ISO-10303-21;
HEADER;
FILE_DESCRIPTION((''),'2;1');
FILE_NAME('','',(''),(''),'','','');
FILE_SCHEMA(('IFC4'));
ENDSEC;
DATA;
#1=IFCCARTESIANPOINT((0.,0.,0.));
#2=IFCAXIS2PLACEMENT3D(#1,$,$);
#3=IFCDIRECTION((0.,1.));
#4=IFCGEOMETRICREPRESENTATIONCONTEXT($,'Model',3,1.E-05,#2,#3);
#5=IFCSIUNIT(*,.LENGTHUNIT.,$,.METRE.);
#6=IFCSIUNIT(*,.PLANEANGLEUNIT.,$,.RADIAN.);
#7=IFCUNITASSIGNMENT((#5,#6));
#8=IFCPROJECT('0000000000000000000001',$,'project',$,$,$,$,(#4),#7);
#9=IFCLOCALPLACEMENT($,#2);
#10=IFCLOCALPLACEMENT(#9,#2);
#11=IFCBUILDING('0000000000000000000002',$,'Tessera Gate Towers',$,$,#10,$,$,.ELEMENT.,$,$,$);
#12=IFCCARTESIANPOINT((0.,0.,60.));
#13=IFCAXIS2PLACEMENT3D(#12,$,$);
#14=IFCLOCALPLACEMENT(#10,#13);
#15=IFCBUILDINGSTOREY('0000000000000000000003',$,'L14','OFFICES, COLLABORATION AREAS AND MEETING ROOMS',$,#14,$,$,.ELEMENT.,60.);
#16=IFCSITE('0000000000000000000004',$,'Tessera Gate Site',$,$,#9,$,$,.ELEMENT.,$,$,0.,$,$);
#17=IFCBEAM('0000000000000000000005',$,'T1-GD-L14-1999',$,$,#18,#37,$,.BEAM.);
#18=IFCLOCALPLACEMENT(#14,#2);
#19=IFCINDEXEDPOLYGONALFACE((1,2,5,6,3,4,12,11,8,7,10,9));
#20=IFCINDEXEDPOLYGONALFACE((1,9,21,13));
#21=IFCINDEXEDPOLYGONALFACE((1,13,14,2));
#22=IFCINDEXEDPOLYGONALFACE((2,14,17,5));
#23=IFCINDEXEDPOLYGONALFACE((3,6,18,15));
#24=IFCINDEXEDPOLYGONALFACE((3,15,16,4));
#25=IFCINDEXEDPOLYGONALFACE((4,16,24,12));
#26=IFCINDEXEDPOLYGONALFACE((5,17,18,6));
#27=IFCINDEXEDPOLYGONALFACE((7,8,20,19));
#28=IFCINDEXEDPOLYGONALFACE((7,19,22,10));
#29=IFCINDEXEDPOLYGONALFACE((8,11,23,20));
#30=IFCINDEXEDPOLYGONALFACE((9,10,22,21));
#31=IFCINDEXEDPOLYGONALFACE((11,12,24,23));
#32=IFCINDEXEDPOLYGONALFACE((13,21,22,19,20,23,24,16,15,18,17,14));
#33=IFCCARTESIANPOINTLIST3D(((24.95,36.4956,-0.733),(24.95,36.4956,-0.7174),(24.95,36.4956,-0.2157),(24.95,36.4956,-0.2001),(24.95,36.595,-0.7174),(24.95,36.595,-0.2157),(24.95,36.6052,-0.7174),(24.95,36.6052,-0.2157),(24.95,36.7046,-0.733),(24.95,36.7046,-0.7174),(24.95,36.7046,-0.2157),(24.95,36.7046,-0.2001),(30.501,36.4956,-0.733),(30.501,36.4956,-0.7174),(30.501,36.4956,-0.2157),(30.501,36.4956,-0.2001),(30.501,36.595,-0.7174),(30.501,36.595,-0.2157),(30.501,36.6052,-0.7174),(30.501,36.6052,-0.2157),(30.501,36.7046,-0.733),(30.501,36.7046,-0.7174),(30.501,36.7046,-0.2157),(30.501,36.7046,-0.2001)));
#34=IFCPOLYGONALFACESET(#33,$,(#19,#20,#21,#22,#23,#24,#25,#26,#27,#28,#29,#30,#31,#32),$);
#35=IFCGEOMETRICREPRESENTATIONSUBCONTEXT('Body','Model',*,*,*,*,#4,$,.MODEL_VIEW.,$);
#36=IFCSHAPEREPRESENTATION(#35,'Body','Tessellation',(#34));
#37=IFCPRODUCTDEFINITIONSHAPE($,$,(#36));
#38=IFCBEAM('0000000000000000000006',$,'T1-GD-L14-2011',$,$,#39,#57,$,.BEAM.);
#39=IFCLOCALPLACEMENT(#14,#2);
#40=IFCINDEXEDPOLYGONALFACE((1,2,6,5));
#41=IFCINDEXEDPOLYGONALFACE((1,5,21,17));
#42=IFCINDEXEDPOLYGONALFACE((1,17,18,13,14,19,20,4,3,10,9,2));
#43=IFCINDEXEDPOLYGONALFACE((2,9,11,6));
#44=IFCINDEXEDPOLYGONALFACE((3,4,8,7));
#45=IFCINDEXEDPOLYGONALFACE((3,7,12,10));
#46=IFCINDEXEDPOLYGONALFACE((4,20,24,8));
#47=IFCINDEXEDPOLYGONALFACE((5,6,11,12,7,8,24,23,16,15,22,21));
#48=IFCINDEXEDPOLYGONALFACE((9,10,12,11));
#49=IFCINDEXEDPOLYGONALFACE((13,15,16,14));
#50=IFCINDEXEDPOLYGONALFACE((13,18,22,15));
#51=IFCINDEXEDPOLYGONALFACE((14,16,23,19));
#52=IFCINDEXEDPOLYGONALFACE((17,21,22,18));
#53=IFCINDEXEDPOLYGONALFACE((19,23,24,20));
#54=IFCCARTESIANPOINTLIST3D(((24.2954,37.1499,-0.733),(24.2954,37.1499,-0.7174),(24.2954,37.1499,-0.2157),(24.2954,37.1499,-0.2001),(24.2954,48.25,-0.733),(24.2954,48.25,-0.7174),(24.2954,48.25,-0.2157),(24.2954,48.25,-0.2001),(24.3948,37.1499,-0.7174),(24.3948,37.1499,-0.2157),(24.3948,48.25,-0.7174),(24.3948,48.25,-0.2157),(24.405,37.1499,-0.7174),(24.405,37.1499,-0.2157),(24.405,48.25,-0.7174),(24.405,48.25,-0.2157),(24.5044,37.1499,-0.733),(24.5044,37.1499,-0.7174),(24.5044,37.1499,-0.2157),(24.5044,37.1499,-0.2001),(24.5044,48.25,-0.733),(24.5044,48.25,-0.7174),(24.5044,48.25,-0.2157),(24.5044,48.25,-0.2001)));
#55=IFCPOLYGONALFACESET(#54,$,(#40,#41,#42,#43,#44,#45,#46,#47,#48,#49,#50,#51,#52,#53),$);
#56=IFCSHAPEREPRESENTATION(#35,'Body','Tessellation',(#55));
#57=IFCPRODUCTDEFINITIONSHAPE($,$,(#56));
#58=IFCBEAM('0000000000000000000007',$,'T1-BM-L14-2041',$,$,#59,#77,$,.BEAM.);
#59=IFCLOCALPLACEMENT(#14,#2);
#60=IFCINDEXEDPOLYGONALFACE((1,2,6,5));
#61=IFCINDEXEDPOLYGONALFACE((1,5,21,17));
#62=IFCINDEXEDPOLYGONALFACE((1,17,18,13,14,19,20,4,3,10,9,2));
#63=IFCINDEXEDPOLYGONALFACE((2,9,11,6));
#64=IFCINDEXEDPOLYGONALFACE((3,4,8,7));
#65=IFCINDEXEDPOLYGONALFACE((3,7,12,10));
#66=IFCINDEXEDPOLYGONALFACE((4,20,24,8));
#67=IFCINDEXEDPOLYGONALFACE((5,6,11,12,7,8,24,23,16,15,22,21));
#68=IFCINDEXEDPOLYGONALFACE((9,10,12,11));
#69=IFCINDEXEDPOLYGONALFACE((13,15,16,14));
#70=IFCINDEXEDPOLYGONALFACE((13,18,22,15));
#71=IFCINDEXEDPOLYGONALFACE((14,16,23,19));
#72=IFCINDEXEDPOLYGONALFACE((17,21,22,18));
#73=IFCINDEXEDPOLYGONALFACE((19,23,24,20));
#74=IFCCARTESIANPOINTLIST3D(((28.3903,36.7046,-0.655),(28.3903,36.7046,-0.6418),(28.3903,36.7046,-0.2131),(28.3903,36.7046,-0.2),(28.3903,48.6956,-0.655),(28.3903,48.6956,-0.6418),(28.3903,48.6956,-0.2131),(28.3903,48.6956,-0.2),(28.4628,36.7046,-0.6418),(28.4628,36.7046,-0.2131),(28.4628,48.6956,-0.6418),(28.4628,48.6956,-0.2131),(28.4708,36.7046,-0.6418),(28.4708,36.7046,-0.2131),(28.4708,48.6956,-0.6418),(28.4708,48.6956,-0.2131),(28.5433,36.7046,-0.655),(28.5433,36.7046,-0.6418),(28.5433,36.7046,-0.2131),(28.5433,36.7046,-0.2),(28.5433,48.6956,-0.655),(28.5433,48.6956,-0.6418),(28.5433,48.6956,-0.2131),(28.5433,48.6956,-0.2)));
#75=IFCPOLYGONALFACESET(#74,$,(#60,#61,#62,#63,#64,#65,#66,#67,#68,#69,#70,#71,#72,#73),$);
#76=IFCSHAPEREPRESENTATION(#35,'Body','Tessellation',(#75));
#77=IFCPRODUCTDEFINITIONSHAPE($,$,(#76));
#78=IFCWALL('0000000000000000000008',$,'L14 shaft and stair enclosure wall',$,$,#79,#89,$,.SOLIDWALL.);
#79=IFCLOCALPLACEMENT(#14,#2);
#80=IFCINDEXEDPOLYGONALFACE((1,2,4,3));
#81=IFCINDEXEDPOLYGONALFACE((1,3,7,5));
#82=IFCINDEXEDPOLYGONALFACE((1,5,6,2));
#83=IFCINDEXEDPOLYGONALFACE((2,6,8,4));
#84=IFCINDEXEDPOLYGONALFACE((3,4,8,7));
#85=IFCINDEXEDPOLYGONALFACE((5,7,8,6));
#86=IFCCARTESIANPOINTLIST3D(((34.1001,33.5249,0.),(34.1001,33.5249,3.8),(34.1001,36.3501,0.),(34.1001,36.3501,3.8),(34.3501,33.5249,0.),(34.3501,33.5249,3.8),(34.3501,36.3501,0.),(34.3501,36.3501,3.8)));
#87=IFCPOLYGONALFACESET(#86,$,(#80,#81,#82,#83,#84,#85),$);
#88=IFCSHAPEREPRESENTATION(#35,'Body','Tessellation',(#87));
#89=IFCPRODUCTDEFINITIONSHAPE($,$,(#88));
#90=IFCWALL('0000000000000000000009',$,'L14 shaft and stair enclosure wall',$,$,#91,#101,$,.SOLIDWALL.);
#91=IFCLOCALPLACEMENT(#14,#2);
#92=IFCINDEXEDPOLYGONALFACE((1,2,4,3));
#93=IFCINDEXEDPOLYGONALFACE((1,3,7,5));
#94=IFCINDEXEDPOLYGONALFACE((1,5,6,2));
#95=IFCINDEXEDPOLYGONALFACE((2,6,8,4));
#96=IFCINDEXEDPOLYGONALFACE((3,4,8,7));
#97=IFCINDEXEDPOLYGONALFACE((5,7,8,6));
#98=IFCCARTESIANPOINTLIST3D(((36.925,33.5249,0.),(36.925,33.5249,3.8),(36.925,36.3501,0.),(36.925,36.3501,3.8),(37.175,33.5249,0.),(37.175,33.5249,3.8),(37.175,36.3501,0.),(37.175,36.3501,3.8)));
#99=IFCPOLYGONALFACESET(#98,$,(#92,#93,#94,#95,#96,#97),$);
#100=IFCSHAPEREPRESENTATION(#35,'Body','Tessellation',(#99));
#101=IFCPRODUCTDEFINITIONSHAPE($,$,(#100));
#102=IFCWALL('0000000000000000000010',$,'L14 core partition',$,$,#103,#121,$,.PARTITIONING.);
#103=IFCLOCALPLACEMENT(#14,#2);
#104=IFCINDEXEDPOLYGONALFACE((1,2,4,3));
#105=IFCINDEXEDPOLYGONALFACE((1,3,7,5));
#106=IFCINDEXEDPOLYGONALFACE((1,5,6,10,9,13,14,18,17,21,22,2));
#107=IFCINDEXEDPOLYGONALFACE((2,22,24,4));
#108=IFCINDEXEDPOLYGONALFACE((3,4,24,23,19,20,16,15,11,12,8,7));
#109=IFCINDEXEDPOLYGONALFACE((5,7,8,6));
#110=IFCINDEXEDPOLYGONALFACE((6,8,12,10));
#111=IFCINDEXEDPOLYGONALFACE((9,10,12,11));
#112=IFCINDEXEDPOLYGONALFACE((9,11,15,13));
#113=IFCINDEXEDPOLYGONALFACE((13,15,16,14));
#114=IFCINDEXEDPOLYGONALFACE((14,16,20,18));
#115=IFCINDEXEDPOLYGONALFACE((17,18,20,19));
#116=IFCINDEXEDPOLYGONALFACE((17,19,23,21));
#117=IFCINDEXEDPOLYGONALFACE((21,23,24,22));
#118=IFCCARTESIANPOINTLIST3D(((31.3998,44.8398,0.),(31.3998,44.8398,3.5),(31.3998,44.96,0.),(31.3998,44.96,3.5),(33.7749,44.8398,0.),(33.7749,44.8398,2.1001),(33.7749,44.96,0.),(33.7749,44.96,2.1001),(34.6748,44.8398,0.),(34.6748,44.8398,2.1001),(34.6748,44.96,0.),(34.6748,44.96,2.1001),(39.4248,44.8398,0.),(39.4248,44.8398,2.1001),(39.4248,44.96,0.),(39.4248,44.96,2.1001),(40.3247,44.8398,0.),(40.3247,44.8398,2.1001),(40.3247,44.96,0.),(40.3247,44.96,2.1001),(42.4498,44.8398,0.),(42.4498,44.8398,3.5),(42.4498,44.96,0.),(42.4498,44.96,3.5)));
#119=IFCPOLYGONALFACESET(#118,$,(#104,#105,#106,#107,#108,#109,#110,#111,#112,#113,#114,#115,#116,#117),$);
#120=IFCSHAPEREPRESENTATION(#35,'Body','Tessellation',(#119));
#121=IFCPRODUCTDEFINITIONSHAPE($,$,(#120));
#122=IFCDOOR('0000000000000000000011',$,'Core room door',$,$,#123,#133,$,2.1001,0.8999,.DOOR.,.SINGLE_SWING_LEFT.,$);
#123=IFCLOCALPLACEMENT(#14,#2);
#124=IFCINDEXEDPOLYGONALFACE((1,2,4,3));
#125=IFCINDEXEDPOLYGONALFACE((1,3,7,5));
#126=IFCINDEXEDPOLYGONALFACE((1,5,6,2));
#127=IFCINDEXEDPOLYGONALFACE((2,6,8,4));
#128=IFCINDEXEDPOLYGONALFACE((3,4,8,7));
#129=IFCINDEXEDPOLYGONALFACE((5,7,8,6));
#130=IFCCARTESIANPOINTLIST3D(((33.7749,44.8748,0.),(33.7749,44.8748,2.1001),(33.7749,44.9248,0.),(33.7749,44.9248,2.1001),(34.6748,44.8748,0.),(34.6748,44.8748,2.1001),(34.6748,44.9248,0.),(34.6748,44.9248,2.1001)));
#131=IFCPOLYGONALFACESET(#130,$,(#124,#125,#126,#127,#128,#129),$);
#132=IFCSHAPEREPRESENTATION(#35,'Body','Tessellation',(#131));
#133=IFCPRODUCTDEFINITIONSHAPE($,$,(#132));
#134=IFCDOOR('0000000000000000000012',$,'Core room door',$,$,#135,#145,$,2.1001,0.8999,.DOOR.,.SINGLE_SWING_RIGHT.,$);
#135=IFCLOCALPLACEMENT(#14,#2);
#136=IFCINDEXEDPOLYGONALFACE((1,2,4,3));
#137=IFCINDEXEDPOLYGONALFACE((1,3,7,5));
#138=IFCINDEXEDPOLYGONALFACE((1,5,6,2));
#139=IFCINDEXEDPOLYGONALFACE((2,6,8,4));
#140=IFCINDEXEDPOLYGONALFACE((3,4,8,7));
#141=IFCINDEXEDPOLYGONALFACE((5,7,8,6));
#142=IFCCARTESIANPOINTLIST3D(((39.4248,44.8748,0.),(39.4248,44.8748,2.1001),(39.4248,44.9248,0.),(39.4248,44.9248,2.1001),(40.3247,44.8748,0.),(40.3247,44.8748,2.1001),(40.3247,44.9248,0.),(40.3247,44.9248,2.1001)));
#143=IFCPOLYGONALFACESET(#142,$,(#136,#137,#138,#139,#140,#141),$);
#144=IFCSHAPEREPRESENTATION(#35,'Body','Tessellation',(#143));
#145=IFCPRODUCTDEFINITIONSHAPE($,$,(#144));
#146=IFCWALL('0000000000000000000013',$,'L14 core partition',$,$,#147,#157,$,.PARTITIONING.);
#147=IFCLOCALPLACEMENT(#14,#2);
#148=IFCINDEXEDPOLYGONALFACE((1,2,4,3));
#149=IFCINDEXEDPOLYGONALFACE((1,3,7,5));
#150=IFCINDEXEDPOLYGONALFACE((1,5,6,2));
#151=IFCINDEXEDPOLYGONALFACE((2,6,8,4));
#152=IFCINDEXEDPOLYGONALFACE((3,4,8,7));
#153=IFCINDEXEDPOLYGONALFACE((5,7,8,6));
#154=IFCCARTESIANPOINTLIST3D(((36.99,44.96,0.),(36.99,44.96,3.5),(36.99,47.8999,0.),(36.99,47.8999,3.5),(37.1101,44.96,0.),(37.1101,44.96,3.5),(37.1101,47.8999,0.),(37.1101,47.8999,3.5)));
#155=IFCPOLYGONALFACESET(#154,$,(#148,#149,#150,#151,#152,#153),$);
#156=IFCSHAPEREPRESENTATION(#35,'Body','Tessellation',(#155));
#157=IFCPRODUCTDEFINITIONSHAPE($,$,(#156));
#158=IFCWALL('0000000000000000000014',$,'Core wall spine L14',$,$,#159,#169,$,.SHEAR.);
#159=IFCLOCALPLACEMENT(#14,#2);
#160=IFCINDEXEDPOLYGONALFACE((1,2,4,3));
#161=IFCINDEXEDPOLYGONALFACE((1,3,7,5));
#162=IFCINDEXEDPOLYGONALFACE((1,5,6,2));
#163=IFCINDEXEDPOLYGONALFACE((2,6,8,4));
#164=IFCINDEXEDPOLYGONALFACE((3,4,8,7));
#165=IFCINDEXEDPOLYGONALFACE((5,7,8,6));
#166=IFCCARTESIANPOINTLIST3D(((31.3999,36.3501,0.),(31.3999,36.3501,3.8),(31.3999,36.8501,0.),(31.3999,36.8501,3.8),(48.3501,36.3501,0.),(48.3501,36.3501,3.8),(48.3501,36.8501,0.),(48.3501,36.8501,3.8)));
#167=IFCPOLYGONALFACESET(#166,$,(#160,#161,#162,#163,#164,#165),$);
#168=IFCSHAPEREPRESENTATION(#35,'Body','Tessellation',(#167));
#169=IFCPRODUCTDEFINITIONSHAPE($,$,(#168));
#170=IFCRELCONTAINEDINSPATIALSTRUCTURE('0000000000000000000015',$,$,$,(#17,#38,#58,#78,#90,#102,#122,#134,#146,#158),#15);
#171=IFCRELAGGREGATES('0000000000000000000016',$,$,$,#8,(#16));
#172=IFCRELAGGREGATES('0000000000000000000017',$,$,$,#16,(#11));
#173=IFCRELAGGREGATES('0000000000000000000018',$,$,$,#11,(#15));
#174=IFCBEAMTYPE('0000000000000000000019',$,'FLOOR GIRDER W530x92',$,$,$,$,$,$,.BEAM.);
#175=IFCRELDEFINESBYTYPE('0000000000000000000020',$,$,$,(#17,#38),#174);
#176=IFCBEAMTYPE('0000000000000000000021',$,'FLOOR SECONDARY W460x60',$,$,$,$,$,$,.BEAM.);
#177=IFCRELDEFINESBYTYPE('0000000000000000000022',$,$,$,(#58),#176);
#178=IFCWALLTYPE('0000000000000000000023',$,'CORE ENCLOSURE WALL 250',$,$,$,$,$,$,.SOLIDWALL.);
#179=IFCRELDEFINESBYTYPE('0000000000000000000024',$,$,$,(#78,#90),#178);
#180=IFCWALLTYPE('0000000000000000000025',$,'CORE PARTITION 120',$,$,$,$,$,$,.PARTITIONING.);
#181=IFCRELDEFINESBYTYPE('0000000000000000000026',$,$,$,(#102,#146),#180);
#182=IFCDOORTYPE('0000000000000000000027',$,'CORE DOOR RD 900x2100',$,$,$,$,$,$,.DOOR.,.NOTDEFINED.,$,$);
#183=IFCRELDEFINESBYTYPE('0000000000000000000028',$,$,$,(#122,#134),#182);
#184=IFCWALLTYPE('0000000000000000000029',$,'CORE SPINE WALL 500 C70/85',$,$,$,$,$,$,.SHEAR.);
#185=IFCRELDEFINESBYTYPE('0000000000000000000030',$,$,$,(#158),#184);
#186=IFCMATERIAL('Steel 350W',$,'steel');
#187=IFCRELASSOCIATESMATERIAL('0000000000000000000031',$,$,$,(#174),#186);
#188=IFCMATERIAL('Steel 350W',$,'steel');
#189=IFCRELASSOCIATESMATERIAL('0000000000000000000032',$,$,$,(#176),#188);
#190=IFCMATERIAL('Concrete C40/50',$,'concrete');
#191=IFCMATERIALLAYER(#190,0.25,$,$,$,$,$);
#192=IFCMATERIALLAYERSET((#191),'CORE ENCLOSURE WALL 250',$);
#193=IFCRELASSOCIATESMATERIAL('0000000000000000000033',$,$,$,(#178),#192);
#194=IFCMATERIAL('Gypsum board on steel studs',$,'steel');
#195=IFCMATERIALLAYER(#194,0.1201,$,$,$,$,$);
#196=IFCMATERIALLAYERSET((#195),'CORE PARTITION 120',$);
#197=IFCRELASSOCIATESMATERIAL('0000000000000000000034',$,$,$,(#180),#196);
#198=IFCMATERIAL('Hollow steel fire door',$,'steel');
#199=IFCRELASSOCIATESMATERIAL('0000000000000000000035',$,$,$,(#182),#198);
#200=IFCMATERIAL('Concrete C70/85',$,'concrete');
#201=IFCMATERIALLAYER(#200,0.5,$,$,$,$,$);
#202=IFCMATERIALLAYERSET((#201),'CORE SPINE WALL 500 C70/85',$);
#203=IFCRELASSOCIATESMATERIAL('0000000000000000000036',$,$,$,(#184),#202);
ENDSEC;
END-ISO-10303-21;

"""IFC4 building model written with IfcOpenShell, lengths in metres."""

from ifc_helpers import new_model, si_unit, direction, frame, frame_2d, origin, origin_2d, place, context, subcontext, project, spatial, rectangle, i_section, extrude, source, transform, mapped, material, layer, layer_set, material_profile, profile_set, type_object, element, fill, save


model = new_model("IFC4")

# Units and contexts
model_context = context("Model", 3, precision=1e-05, world=origin(), true_north=direction((0.0, 1.0)))
body_context = subcontext(model_context, "Body", "Model", "MODEL_VIEW")
ifc_project = project(units=[si_unit("LENGTHUNIT", "METRE"), si_unit("PLANEANGLEUNIT", "RADIAN")], contexts=[model_context])

# Site, building, storey
site_placement = place(None, origin())
site = spatial("IfcSite", under=ifc_project, at=site_placement, Name="Tessera Gate Site", CompositionType="ELEMENT", RefElevation=0.0)
building_placement = place(site_placement, origin())
building = spatial("IfcBuilding", under=site, at=building_placement, Name="Tessera Gate Towers", CompositionType="ELEMENT")
storey_placement = place(building_placement, frame((0.0, 0.0, 60.0)))
storey = spatial("IfcBuildingStorey", under=building, at=storey_placement, Name="L14", Description="OFFICES, COLLABORATION AREAS AND MEETING ROOMS", CompositionType="ELEMENT", Elevation=60.0)

# Beams
ifc_material_1 = material(Name="Steel 350W", Category="steel")
ifc_material_profile_1 = material_profile(ifc_material_1, i_section(OverallWidth=0.209, OverallDepth=0.533, WebThickness=0.0103, FlangeThickness=0.0156, at=origin_2d()), Name="W530x92")
ifc_profile_set_1 = profile_set([ifc_material_profile_1], Name="Steel 350W")
beam_type_1 = type_object("IfcBeamType", Name="FLOOR GIRDER W530x92", PredefinedType="BEAM", material=ifc_profile_set_1)
beam_1_placement = place(storey_placement, frame((24.95, 36.6001, -0.4666), z_axis=(1.0, 0.0, 0.0), x_axis=(0.0, 1.0, 0.0)))
element("IfcBeam", 1, at=beam_1_placement, inside=storey, type_object=beam_type_1, Name="T1-GD-L14-1999", PredefinedType="BEAM", context=body_context, shape_type="SweptSolid", body=[
    extrude(i_section(OverallWidth=0.209, OverallDepth=0.533, WebThickness=0.0103, FlangeThickness=0.0156, at=origin_2d()), origin(), (0.0, 0.0, 1.0), 5.551),
])
beam_2_placement = place(storey_placement, frame((24.3999, 37.1499, -0.4666), z_axis=(0.0, 1.0, 0.0), x_axis=(-1.0, 0.0, 0.0)))
element("IfcBeam", 2, at=beam_2_placement, inside=storey, type_object=beam_type_1, Name="T1-GD-L14-2011", PredefinedType="BEAM", context=body_context, shape_type="SweptSolid", body=[
    extrude(i_section(OverallWidth=0.209, OverallDepth=0.533, WebThickness=0.0103, FlangeThickness=0.0156, at=origin_2d()), origin(), (0.0, 0.0, 1.0), 11.1001),
])
ifc_material_2 = material(Name="Steel 350W", Category="steel")
ifc_material_profile_2 = material_profile(ifc_material_2, i_section(OverallWidth=0.1531, OverallDepth=0.4551, WebThickness=0.0081, FlangeThickness=0.0132, at=origin_2d()), Name="W460x60")
ifc_profile_set_2 = profile_set([ifc_material_profile_2], Name="Steel 350W")
beam_type_2 = type_object("IfcBeamType", Name="FLOOR SECONDARY W460x60", PredefinedType="BEAM", material=ifc_profile_set_2)
beam_3_placement = place(storey_placement, frame((28.4668, 36.7046, -0.4275), z_axis=(0.0, 1.0, 0.0), x_axis=(-1.0, 0.0, 0.0)))
element("IfcBeam", 3, at=beam_3_placement, inside=storey, type_object=beam_type_2, Name="T1-BM-L14-2041", PredefinedType="BEAM", context=body_context, shape_type="SweptSolid", body=[
    extrude(i_section(OverallWidth=0.1531, OverallDepth=0.4551, WebThickness=0.0081, FlangeThickness=0.0132, at=origin_2d()), origin(), (0.0, 0.0, 1.0), 11.991),
])

# Walls
ifc_material_3 = material(Name="Concrete C40/50", Category="concrete")
ifc_layer_1 = layer(ifc_material_3, 0.25)
ifc_layer_set_1 = layer_set([ifc_layer_1], Name="CORE ENCLOSURE WALL 250")
wall_type_1 = type_object("IfcWallType", Name="CORE ENCLOSURE WALL 250", PredefinedType="SOLIDWALL", material=ifc_layer_set_1)
for number, where, z_axis, x_axis, name in (
    (4, (34.2251, 33.5249, 0.0), (0.0, 0.0, 1.0), (0.0, 1.0, 0.0), "L14 shaft and stair enclosure wall"),
    (5, (37.05, 33.5249, 0.0), (0.0, 0.0, 1.0), (0.0, 1.0, 0.0), "L14 shaft and stair enclosure wall"),
):
    element("IfcWall", number, at=place(storey_placement, frame(where, z_axis=z_axis, x_axis=x_axis)), inside=storey, type_object=wall_type_1, Name=name, PredefinedType="SOLIDWALL", context=body_context, shape_type="SweptSolid", body=[
        extrude(rectangle(XDim=2.8252, YDim=0.25, at=frame_2d((1.4126, 0.0))), origin(), (0.0, 0.0, 1.0), 3.8),
    ])

# Wall, openings, doors
ifc_material_4 = material(Name="Gypsum board on steel studs", Category="steel")
ifc_layer_2 = layer(ifc_material_4, 0.1201)
ifc_layer_set_2 = layer_set([ifc_layer_2], Name="CORE PARTITION 120")
wall_type_2 = type_object("IfcWallType", Name="CORE PARTITION 120", PredefinedType="PARTITIONING", material=ifc_layer_set_2)
wall_1_placement = place(storey_placement, frame((31.3999, 44.8999, 0.0), z_axis=(0.0, 0.0, 1.0), x_axis=(1.0, 0.0, 0.0)))
wall_1 = element("IfcWall", 6, at=wall_1_placement, inside=storey, type_object=wall_type_2, Name="L14 core partition", PredefinedType="PARTITIONING", context=body_context, shape_type="SweptSolid", body=[
    extrude(rectangle(XDim=11.05, YDim=0.1201, at=frame_2d((5.5249, 0.0))), origin(), (0.0, 0.0, 1.0), 3.5),
])
shared_shape_1 = source(origin(), body_context, "Body", "SweptSolid", [
    extrude(rectangle(XDim=0.8999, YDim=2.1001, at=frame_2d((0.45, 1.05))), frame((0.0, 0.0701, 0.0), z_axis=(0.0, -1.0, 0.0), x_axis=(1.0, 0.0, 0.0)), (0.0, 0.0, 1.0), 0.1401),
])
opening_1_placement = place(wall_1_placement, frame((2.375, 0.0, 0.0)))
opening_1 = element("IfcOpeningElement", 7, at=opening_1_placement, cuts=wall_1, PredefinedType="OPENING", context=body_context, shape_type="MappedRepresentation", body=[
    mapped(shared_shape_1, transform((0.0, 0.0, 0.0), scale=1.0)),
])
opening_2_placement = place(wall_1_placement, frame((8.0249, 0.0, 0.0)))
opening_2 = element("IfcOpeningElement", 8, at=opening_2_placement, cuts=wall_1, PredefinedType="OPENING", context=body_context, shape_type="MappedRepresentation", body=[
    mapped(shared_shape_1, transform((0.0, 0.0, 0.0), scale=1.0)),
])
ifc_material_5 = material(Name="Hollow steel fire door", Category="steel")
door_type_1 = type_object("IfcDoorType", Name="CORE DOOR RD 900x2100", OperationType="NOTDEFINED", PredefinedType="DOOR", material=ifc_material_5)
shared_shape_2 = source(origin(), body_context, "Body", "SweptSolid", [
    extrude(rectangle(XDim=0.8999, YDim=2.1001, at=frame_2d((0.45, 1.05))), frame((0.0, 0.0249, 0.0), z_axis=(0.0, -1.0, 0.0), x_axis=(1.0, 0.0, 0.0)), (0.0, 0.0, 1.0), 0.05),
])
door_1_placement = place(opening_1_placement, origin())
door_1 = element("IfcDoor", 9, at=door_1_placement, inside=storey, type_object=door_type_1, Name="Core room door", OperationType="SINGLE_SWING_LEFT", OverallHeight=2.1001, OverallWidth=0.8999, PredefinedType="DOOR", context=body_context, shape_type="MappedRepresentation", body=[
    mapped(shared_shape_2, transform((0.0, 0.0, 0.0), scale=1.0)),
])
fill(opening_1, door_1)
door_2_placement = place(opening_2_placement, origin())
door_2 = element("IfcDoor", 10, at=door_2_placement, inside=storey, type_object=door_type_1, Name="Core room door", OperationType="SINGLE_SWING_RIGHT", OverallHeight=2.1001, OverallWidth=0.8999, PredefinedType="DOOR", context=body_context, shape_type="MappedRepresentation", body=[
    mapped(shared_shape_2, transform((0.0, 0.0, 0.0), scale=1.0)),
])
fill(opening_2, door_2)

# Walls
wall_2_placement = place(storey_placement, frame((37.05, 44.96, 0.0), z_axis=(0.0, 0.0, 1.0), x_axis=(0.0, 1.0, 0.0)))
element("IfcWall", 11, at=wall_2_placement, inside=storey, type_object=wall_type_2, Name="L14 core partition", PredefinedType="PARTITIONING", context=body_context, shape_type="SweptSolid", body=[
    extrude(rectangle(XDim=2.9399, YDim=0.1201, at=frame_2d((1.47, 0.0))), origin(), (0.0, 0.0, 1.0), 3.5),
])
ifc_material_6 = material(Name="Concrete C70/85", Category="concrete")
ifc_layer_3 = layer(ifc_material_6, 0.5)
ifc_layer_set_3 = layer_set([ifc_layer_3], Name="CORE SPINE WALL 500 C70/85")
wall_type_3 = type_object("IfcWallType", Name="CORE SPINE WALL 500 C70/85", PredefinedType="SHEAR", material=ifc_layer_set_3)
wall_3_placement = place(storey_placement, frame((31.3999, 36.6001, 0.0), z_axis=(0.0, 0.0, 1.0), x_axis=(1.0, 0.0, 0.0)))
element("IfcWall", 12, at=wall_3_placement, inside=storey, type_object=wall_type_3, Name="Core wall spine L14", PredefinedType="SHEAR", context=body_context, shape_type="SweptSolid", body=[
    extrude(rectangle(XDim=16.9502, YDim=0.5, at=frame_2d((8.4751, 0.0))), origin(), (0.0, 0.0, 1.0), 3.8),
])

save(model, "model.ifc")
